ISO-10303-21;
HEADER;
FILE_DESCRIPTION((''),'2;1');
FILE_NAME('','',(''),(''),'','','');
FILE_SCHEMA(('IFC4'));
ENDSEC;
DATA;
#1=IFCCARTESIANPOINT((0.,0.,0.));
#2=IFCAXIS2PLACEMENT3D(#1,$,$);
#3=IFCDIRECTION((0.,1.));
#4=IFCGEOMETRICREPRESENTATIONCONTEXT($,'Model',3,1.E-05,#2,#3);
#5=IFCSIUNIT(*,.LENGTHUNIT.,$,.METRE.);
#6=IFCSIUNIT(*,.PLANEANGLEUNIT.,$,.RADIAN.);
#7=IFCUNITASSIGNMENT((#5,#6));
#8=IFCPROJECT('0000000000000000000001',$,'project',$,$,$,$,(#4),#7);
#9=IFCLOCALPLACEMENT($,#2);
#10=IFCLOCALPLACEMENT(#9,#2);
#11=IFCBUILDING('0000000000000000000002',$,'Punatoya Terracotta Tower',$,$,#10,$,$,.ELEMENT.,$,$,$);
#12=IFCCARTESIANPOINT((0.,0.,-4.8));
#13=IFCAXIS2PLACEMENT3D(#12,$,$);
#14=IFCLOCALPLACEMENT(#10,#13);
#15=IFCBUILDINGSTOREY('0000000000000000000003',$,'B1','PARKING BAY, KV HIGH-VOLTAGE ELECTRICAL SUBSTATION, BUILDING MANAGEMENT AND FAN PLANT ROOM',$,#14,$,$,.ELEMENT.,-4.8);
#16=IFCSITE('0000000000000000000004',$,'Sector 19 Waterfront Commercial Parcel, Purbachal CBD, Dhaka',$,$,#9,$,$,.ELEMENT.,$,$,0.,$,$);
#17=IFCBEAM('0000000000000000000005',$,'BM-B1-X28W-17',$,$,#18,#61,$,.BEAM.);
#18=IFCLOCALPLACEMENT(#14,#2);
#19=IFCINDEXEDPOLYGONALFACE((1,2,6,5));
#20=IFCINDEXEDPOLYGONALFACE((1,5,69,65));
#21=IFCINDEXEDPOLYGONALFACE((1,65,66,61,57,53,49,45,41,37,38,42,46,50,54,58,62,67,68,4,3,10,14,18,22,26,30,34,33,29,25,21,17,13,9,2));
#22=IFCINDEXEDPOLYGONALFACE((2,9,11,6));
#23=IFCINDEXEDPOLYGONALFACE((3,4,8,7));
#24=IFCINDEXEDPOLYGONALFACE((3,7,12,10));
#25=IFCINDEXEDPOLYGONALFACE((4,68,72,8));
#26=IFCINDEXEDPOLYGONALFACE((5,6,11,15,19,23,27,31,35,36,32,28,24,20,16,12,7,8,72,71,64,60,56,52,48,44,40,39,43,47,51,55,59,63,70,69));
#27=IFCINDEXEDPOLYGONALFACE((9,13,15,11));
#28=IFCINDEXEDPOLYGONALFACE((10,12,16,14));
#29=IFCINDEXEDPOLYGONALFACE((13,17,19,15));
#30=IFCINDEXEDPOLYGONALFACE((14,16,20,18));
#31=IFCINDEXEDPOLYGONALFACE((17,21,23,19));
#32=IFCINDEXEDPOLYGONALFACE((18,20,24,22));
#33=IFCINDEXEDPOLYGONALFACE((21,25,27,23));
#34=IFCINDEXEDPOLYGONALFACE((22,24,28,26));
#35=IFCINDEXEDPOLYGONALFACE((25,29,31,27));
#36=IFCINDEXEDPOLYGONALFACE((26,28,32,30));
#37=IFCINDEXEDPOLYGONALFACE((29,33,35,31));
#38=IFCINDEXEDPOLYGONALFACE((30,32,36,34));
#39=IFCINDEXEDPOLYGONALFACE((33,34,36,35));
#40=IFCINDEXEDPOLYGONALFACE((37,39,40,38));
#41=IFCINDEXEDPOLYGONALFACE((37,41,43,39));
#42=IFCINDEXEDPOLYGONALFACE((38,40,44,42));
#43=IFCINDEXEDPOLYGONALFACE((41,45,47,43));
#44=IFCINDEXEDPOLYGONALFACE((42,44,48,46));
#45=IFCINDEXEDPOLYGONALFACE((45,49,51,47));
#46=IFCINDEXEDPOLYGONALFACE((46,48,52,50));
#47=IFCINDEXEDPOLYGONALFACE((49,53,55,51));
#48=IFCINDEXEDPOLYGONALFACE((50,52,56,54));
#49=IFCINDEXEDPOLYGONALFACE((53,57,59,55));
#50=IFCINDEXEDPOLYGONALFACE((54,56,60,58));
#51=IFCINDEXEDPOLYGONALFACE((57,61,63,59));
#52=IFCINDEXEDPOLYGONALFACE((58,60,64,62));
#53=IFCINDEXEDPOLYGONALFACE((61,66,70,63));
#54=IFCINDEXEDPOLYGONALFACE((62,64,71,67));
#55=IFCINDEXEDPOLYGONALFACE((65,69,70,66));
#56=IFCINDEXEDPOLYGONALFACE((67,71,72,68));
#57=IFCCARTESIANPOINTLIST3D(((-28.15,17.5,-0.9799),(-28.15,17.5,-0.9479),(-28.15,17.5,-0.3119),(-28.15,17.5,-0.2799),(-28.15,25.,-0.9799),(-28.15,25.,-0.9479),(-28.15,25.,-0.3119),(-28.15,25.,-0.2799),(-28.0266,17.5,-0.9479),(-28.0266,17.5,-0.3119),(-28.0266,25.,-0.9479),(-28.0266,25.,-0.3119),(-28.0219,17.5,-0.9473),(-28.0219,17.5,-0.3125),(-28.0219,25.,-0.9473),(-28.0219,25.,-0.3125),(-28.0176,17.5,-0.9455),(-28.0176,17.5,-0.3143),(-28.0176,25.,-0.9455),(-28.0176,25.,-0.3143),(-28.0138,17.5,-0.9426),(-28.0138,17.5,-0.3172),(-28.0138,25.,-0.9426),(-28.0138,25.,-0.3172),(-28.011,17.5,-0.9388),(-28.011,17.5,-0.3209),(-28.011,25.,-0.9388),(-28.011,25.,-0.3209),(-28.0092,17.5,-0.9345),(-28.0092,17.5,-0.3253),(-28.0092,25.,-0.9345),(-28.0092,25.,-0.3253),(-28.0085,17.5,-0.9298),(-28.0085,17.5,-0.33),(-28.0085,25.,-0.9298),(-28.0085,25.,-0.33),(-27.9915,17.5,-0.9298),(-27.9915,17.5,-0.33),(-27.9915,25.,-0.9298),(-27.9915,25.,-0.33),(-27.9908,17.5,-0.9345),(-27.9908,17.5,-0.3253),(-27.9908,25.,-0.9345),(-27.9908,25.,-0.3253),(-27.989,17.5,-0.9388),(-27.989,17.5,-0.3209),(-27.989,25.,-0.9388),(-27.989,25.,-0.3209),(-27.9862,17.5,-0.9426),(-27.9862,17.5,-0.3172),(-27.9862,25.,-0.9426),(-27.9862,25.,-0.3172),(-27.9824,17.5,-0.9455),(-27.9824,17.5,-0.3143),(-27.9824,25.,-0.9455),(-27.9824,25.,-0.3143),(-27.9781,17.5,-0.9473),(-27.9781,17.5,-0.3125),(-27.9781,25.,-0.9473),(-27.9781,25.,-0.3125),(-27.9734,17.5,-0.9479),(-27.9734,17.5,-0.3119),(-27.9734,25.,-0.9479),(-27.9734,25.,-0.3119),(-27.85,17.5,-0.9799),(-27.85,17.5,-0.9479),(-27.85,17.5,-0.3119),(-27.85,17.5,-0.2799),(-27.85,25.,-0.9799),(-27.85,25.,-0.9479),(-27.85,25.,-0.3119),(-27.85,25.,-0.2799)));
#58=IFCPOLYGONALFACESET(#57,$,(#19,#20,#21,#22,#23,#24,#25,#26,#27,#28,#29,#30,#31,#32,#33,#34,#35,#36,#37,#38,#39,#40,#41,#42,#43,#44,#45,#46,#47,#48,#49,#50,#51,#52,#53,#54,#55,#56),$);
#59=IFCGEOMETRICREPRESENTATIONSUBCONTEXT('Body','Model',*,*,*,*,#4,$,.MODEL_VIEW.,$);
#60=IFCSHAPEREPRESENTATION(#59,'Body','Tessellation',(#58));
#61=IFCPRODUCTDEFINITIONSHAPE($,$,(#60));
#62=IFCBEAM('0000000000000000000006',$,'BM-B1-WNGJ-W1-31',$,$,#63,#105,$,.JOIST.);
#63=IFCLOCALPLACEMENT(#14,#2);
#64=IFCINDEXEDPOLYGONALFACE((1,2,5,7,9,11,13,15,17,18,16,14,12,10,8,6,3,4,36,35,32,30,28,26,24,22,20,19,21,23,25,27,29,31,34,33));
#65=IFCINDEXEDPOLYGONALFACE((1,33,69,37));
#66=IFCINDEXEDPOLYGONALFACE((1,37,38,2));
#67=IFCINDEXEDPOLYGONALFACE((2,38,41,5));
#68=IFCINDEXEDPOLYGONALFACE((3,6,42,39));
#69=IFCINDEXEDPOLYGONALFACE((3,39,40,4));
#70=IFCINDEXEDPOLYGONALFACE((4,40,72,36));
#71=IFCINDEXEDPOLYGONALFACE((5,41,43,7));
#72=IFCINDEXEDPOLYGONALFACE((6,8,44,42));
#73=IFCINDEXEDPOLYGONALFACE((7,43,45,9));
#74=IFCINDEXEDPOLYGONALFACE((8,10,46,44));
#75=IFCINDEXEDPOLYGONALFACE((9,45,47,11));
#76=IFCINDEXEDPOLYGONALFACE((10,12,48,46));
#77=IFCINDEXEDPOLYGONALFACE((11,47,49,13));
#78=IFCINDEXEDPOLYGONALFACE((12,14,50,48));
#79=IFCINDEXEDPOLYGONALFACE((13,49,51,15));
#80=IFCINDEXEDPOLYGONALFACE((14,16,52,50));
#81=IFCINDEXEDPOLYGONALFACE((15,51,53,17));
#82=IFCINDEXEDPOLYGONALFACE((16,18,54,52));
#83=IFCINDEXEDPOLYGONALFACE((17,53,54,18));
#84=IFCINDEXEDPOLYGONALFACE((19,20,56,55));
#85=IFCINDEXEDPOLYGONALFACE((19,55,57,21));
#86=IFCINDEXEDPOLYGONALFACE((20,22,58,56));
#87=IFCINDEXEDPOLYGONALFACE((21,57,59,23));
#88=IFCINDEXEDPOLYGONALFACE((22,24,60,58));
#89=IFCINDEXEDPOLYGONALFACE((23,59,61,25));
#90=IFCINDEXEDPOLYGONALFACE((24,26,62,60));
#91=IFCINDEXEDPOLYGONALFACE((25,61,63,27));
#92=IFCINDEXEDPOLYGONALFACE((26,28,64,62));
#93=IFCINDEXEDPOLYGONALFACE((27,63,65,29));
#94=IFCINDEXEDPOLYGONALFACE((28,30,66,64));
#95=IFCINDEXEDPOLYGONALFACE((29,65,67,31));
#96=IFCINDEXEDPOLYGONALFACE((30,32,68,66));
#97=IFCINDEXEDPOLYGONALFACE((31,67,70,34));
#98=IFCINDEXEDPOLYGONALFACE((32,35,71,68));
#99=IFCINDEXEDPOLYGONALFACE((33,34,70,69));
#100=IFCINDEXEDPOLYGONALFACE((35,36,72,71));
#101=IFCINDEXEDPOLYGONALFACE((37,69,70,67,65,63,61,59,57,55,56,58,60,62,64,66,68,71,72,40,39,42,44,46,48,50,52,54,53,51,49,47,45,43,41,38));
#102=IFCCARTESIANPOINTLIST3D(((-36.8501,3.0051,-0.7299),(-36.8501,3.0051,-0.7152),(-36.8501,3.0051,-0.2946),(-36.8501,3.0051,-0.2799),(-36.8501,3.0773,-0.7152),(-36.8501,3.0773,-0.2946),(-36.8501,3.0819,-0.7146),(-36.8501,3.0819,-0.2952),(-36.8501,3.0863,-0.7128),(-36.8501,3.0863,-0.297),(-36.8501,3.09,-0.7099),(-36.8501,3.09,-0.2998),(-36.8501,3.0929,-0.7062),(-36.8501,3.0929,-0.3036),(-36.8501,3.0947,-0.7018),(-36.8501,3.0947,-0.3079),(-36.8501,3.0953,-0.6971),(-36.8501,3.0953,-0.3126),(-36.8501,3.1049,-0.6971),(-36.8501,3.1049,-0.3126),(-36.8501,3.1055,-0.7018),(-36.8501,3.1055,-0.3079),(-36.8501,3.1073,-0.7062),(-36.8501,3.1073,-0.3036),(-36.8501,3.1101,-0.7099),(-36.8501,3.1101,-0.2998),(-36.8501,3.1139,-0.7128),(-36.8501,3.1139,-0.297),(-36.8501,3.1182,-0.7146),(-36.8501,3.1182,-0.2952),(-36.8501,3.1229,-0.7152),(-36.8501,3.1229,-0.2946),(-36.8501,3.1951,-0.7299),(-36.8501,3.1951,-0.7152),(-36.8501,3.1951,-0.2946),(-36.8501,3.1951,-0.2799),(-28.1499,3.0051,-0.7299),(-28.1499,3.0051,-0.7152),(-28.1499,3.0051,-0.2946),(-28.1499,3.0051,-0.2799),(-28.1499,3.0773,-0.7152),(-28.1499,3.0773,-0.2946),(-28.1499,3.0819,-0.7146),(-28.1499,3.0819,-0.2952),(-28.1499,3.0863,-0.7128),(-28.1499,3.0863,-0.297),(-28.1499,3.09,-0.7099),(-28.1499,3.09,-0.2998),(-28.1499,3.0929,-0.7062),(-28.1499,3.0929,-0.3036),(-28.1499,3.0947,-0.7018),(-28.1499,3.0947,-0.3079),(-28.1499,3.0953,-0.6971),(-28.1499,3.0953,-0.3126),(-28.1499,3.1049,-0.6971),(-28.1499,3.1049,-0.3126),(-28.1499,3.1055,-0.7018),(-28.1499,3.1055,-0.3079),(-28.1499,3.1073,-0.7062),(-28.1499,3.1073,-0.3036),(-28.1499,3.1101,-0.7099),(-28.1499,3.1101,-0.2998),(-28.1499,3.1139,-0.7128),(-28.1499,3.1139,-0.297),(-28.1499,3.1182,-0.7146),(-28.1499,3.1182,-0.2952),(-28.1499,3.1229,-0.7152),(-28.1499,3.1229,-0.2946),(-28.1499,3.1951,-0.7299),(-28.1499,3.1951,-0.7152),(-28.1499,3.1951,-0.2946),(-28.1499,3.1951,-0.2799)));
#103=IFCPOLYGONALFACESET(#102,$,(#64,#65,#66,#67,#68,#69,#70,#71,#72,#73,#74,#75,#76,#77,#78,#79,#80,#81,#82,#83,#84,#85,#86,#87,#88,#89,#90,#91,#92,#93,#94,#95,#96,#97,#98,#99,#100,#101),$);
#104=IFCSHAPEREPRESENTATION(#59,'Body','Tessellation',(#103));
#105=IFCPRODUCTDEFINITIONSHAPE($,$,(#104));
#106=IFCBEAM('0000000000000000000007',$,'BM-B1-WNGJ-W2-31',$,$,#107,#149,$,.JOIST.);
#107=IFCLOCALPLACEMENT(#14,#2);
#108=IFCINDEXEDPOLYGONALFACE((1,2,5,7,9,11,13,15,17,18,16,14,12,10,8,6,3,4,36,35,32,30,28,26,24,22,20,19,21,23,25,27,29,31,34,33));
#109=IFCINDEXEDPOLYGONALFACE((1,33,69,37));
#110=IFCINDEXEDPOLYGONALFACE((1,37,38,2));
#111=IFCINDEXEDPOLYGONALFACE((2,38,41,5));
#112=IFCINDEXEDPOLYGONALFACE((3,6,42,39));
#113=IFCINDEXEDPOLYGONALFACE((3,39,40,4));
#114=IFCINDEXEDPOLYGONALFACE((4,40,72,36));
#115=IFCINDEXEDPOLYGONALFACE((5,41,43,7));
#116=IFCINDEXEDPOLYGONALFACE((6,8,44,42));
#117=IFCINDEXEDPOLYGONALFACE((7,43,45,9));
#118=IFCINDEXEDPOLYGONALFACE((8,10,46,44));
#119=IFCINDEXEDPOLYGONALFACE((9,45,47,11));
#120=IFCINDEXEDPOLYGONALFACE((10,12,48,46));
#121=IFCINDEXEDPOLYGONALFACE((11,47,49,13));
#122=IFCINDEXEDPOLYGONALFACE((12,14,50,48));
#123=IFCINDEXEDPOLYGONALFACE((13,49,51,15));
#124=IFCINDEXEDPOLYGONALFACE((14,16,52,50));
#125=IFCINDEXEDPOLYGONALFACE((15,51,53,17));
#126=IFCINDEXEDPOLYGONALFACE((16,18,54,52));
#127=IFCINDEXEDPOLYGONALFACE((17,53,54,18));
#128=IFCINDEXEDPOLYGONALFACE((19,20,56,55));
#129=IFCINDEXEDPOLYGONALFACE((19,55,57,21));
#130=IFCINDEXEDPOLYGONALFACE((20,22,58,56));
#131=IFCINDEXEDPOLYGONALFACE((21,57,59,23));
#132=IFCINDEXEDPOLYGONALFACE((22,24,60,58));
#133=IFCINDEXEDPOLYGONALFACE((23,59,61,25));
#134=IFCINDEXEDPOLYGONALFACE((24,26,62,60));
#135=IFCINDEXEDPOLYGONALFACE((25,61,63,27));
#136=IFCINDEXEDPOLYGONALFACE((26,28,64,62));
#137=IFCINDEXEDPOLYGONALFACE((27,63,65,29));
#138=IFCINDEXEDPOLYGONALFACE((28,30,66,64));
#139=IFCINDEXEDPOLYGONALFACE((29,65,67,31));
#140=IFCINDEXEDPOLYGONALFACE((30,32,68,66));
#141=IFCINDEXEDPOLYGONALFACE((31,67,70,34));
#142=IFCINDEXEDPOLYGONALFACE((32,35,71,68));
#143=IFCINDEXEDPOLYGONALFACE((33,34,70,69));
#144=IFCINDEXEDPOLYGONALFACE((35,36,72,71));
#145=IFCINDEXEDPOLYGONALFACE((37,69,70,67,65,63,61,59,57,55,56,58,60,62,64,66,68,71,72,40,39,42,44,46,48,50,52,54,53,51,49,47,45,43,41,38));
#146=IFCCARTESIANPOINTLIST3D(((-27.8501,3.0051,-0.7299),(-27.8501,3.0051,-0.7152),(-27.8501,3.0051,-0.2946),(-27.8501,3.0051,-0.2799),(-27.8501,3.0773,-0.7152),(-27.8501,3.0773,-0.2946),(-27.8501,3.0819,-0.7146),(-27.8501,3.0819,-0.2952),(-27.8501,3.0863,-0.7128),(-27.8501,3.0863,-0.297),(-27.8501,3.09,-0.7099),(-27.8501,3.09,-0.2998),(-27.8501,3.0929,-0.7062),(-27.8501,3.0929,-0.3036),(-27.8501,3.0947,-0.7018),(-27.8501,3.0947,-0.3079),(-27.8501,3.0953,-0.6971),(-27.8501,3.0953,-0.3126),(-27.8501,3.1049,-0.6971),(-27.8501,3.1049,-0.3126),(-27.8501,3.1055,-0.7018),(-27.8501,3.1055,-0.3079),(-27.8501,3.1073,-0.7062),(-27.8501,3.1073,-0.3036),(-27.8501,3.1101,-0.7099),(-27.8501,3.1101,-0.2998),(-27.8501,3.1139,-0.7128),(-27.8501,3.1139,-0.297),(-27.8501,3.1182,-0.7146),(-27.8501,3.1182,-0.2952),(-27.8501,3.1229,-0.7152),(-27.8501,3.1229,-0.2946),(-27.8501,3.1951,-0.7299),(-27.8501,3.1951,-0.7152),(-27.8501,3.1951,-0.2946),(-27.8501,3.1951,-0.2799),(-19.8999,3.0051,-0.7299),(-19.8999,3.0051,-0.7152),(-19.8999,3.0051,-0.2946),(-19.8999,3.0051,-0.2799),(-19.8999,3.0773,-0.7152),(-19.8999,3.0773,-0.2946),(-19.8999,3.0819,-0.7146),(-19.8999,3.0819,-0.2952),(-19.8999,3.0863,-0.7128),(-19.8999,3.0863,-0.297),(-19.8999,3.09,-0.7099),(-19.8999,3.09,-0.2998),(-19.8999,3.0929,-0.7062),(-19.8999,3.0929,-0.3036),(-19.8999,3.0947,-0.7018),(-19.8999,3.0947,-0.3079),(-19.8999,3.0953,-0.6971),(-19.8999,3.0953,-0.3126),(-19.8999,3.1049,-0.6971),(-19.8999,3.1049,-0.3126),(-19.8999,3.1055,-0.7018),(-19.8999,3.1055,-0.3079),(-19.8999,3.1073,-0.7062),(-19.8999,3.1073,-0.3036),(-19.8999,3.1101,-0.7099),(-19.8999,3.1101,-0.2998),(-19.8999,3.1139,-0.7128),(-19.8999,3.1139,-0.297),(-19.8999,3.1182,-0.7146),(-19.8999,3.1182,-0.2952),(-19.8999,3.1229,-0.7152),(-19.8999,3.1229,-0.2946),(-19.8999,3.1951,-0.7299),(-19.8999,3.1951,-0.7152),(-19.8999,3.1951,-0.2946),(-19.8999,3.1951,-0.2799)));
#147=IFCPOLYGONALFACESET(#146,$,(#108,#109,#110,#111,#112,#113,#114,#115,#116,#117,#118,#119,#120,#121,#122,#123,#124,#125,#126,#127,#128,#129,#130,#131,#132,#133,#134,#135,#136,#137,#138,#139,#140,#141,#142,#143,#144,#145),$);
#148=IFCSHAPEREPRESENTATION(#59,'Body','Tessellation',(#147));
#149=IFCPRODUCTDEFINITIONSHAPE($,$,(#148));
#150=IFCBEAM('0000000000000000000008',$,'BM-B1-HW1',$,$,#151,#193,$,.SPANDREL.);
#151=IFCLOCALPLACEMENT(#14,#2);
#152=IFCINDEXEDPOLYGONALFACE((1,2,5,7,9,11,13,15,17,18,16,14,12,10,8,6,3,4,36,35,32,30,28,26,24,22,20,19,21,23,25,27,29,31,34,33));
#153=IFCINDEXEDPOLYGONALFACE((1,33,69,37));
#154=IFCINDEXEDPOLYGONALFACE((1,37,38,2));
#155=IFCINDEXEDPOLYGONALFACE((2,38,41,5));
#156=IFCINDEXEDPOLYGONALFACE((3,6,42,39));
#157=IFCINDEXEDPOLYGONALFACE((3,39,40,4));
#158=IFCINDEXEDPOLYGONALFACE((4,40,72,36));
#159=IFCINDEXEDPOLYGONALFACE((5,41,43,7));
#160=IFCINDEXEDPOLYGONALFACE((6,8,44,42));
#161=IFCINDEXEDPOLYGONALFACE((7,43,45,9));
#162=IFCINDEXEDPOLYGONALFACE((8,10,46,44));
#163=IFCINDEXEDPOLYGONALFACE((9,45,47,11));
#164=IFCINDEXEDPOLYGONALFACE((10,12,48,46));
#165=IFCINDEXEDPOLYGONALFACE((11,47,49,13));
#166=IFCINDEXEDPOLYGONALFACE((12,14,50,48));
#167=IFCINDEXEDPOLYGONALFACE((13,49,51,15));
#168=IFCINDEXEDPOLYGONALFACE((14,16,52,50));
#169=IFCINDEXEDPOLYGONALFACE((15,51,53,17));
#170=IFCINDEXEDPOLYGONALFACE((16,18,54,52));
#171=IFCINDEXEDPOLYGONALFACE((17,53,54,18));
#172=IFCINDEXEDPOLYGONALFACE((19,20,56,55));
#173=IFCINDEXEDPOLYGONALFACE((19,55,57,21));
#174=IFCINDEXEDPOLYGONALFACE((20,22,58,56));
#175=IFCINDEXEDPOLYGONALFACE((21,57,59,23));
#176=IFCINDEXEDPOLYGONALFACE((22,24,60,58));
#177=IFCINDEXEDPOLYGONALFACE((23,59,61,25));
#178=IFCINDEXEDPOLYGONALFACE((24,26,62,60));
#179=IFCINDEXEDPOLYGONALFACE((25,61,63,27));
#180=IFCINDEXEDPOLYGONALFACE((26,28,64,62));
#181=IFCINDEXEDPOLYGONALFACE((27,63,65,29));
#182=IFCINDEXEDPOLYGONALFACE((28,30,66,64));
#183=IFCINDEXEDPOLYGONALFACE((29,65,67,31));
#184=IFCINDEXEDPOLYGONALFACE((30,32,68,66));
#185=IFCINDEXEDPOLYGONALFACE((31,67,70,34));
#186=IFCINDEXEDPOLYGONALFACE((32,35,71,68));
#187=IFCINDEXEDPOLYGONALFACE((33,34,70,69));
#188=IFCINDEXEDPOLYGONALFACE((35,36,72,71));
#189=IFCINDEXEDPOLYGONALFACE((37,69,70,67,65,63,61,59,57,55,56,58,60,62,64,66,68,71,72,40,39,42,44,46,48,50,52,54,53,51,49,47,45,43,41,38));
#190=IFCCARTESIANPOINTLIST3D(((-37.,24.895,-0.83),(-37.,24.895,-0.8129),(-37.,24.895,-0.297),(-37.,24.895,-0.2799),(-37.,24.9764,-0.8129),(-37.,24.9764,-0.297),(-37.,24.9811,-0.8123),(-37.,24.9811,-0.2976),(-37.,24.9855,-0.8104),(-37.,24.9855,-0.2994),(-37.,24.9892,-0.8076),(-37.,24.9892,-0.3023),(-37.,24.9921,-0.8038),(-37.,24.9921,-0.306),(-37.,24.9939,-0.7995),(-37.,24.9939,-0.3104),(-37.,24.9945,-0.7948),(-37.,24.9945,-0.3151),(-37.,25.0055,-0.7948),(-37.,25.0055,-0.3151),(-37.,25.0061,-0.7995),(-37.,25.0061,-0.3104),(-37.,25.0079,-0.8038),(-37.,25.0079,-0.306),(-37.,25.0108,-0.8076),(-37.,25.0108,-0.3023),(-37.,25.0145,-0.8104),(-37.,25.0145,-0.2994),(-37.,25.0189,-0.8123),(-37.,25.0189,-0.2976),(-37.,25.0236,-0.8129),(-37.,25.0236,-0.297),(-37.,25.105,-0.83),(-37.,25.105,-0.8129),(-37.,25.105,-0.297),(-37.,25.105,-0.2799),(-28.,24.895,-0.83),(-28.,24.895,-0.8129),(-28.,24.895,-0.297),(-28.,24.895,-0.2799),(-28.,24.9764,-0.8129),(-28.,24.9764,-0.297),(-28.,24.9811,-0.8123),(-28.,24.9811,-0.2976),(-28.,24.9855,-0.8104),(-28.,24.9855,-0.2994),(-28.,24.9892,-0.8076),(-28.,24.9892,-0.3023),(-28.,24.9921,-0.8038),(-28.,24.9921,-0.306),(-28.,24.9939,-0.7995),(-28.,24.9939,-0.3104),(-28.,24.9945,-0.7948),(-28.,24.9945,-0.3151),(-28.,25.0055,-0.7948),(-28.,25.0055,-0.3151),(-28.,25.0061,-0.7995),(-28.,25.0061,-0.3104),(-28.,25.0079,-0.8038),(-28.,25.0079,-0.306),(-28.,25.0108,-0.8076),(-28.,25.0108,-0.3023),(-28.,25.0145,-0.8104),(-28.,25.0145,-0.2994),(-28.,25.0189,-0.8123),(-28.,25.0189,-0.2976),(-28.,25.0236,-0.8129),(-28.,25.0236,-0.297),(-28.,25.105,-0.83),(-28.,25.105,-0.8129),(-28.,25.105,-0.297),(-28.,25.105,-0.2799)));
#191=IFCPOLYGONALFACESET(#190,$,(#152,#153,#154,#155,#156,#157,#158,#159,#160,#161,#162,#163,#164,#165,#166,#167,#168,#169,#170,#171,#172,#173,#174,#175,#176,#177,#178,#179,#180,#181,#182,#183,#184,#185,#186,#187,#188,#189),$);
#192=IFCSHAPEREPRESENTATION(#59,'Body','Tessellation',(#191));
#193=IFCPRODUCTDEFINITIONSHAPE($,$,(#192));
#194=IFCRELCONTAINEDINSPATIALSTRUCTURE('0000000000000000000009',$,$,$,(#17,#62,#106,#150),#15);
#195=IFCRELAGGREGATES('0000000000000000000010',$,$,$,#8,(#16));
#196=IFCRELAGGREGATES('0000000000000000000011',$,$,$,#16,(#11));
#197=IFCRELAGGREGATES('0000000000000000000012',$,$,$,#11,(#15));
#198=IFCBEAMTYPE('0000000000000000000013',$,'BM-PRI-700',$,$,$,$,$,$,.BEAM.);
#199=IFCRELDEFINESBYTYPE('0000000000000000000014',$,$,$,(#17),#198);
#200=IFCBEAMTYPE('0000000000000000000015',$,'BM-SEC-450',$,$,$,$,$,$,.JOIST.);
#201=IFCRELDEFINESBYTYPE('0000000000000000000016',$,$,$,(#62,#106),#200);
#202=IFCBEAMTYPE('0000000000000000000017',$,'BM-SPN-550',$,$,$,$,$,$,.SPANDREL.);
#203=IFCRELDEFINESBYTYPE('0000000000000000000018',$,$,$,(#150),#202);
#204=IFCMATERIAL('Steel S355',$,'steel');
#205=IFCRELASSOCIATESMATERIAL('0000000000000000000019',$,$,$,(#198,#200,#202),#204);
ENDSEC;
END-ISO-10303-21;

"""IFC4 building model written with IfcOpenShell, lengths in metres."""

from ifc_helpers import new_model, si_unit, direction, frame, origin, origin_2d, place, context, subcontext, project, spatial, i_section, extrude, material, material_profile, profile_set, type_object, element, save


model = new_model("IFC4")

# Units and contexts
model_context = context("Model", 3, precision=1e-05, world=origin(), true_north=direction((0.0, 1.0)))
body_context = subcontext(model_context, "Body", "Model", "MODEL_VIEW")
ifc_project = project(units=[si_unit("LENGTHUNIT", "METRE"), si_unit("PLANEANGLEUNIT", "RADIAN")], contexts=[model_context])

# Site, building, storey
site_placement = place(None, origin())
site = spatial("IfcSite", under=ifc_project, at=site_placement, Name="Sector 19 Waterfront Commercial Parcel, Purbachal CBD, Dhaka", CompositionType="ELEMENT", RefElevation=0.0)
building_placement = place(site_placement, origin())
building = spatial("IfcBuilding", under=site, at=building_placement, Name="Punatoya Terracotta Tower", CompositionType="ELEMENT")
storey_placement = place(building_placement, frame((0.0, 0.0, -4.8)))
storey = spatial("IfcBuildingStorey", under=building, at=storey_placement, Name="B1", Description="PARKING BAY, KV HIGH-VOLTAGE ELECTRICAL SUBSTATION, BUILDING MANAGEMENT AND FAN PLANT ROOM", CompositionType="ELEMENT", Elevation=-4.8)

# Beams
ifc_material_1 = material(Name="Steel S355", Category="steel")
ifc_material_profile_1 = material_profile(ifc_material_1, i_section(OverallWidth=0.3, OverallDepth=0.7, WebThickness=0.0171, FlangeThickness=0.032, FilletRadius=0.0181, at=origin_2d()))
ifc_profile_set_1 = profile_set([ifc_material_profile_1], Name="Steel S355")
beam_type_1 = type_object("IfcBeamType", Name="BM-PRI-700", PredefinedType="BEAM", material=ifc_profile_set_1)
beam_1_placement = place(storey_placement, frame((-28.0, 17.5, -0.6299), z_axis=(0.0, 1.0, 0.0), x_axis=(-1.0, 0.0, 0.0)))
element("IfcBeam", 1, at=beam_1_placement, inside=storey, type_object=beam_type_1, Name="BM-B1-X28W-17", PredefinedType="BEAM", context=body_context, shape_type="SweptSolid", body=[
    extrude(i_section(OverallWidth=0.3, OverallDepth=0.7, WebThickness=0.0171, FlangeThickness=0.032, FilletRadius=0.0181, at=origin_2d()), origin(), (0.0, 0.0, 1.0), 7.5),
])
ifc_material_profile_2 = material_profile(ifc_material_1, i_section(OverallWidth=0.1899, OverallDepth=0.45, WebThickness=0.0095, FlangeThickness=0.0146, FilletRadius=0.0181, at=origin_2d()))
ifc_profile_set_2 = profile_set([ifc_material_profile_2], Name="Steel S355")
beam_type_2 = type_object("IfcBeamType", Name="BM-SEC-450", PredefinedType="JOIST", material=ifc_profile_set_2)
beam_2_placement = place(storey_placement, frame((-36.8501, 3.1001, -0.5049), z_axis=(1.0, 0.0, 0.0), x_axis=(0.0, 1.0, 0.0)))
element("IfcBeam", 2, at=beam_2_placement, inside=storey, type_object=beam_type_2, Name="BM-B1-WNGJ-W1-31", PredefinedType="JOIST", context=body_context, shape_type="SweptSolid", body=[
    extrude(i_section(OverallWidth=0.1899, OverallDepth=0.45, WebThickness=0.0095, FlangeThickness=0.0146, FilletRadius=0.0181, at=origin_2d()), origin(), (0.0, 0.0, 1.0), 8.7002),
])
beam_3_placement = place(storey_placement, frame((-27.8501, 3.1001, -0.5049), z_axis=(1.0, 0.0, 0.0), x_axis=(0.0, 1.0, 0.0)))
element("IfcBeam", 3, at=beam_3_placement, inside=storey, type_object=beam_type_2, Name="BM-B1-WNGJ-W2-31", PredefinedType="JOIST", context=body_context, shape_type="SweptSolid", body=[
    extrude(i_section(OverallWidth=0.1899, OverallDepth=0.45, WebThickness=0.0095, FlangeThickness=0.0146, FilletRadius=0.0181, at=origin_2d()), origin(), (0.0, 0.0, 1.0), 7.9502),
])
ifc_material_profile_3 = material_profile(ifc_material_1, i_section(OverallWidth=0.21, OverallDepth=0.55, WebThickness=0.011, FlangeThickness=0.0171, FilletRadius=0.0181, at=origin_2d()))
ifc_profile_set_3 = profile_set([ifc_material_profile_3], Name="Steel S355")
beam_type_3 = type_object("IfcBeamType", Name="BM-SPN-550", PredefinedType="SPANDREL", material=ifc_profile_set_3)
beam_4_placement = place(storey_placement, frame((-37.0, 25.0, -0.5549), z_axis=(1.0, 0.0, 0.0), x_axis=(0.0, 1.0, 0.0)))
element("IfcBeam", 4, at=beam_4_placement, inside=storey, type_object=beam_type_3, Name="BM-B1-HW1", PredefinedType="SPANDREL", context=body_context, shape_type="SweptSolid", body=[
    extrude(i_section(OverallWidth=0.21, OverallDepth=0.55, WebThickness=0.011, FlangeThickness=0.0171, FilletRadius=0.0181, at=origin_2d()), origin(), (0.0, 0.0, 1.0), 9.0),
])

save(model, "model.ifc")
